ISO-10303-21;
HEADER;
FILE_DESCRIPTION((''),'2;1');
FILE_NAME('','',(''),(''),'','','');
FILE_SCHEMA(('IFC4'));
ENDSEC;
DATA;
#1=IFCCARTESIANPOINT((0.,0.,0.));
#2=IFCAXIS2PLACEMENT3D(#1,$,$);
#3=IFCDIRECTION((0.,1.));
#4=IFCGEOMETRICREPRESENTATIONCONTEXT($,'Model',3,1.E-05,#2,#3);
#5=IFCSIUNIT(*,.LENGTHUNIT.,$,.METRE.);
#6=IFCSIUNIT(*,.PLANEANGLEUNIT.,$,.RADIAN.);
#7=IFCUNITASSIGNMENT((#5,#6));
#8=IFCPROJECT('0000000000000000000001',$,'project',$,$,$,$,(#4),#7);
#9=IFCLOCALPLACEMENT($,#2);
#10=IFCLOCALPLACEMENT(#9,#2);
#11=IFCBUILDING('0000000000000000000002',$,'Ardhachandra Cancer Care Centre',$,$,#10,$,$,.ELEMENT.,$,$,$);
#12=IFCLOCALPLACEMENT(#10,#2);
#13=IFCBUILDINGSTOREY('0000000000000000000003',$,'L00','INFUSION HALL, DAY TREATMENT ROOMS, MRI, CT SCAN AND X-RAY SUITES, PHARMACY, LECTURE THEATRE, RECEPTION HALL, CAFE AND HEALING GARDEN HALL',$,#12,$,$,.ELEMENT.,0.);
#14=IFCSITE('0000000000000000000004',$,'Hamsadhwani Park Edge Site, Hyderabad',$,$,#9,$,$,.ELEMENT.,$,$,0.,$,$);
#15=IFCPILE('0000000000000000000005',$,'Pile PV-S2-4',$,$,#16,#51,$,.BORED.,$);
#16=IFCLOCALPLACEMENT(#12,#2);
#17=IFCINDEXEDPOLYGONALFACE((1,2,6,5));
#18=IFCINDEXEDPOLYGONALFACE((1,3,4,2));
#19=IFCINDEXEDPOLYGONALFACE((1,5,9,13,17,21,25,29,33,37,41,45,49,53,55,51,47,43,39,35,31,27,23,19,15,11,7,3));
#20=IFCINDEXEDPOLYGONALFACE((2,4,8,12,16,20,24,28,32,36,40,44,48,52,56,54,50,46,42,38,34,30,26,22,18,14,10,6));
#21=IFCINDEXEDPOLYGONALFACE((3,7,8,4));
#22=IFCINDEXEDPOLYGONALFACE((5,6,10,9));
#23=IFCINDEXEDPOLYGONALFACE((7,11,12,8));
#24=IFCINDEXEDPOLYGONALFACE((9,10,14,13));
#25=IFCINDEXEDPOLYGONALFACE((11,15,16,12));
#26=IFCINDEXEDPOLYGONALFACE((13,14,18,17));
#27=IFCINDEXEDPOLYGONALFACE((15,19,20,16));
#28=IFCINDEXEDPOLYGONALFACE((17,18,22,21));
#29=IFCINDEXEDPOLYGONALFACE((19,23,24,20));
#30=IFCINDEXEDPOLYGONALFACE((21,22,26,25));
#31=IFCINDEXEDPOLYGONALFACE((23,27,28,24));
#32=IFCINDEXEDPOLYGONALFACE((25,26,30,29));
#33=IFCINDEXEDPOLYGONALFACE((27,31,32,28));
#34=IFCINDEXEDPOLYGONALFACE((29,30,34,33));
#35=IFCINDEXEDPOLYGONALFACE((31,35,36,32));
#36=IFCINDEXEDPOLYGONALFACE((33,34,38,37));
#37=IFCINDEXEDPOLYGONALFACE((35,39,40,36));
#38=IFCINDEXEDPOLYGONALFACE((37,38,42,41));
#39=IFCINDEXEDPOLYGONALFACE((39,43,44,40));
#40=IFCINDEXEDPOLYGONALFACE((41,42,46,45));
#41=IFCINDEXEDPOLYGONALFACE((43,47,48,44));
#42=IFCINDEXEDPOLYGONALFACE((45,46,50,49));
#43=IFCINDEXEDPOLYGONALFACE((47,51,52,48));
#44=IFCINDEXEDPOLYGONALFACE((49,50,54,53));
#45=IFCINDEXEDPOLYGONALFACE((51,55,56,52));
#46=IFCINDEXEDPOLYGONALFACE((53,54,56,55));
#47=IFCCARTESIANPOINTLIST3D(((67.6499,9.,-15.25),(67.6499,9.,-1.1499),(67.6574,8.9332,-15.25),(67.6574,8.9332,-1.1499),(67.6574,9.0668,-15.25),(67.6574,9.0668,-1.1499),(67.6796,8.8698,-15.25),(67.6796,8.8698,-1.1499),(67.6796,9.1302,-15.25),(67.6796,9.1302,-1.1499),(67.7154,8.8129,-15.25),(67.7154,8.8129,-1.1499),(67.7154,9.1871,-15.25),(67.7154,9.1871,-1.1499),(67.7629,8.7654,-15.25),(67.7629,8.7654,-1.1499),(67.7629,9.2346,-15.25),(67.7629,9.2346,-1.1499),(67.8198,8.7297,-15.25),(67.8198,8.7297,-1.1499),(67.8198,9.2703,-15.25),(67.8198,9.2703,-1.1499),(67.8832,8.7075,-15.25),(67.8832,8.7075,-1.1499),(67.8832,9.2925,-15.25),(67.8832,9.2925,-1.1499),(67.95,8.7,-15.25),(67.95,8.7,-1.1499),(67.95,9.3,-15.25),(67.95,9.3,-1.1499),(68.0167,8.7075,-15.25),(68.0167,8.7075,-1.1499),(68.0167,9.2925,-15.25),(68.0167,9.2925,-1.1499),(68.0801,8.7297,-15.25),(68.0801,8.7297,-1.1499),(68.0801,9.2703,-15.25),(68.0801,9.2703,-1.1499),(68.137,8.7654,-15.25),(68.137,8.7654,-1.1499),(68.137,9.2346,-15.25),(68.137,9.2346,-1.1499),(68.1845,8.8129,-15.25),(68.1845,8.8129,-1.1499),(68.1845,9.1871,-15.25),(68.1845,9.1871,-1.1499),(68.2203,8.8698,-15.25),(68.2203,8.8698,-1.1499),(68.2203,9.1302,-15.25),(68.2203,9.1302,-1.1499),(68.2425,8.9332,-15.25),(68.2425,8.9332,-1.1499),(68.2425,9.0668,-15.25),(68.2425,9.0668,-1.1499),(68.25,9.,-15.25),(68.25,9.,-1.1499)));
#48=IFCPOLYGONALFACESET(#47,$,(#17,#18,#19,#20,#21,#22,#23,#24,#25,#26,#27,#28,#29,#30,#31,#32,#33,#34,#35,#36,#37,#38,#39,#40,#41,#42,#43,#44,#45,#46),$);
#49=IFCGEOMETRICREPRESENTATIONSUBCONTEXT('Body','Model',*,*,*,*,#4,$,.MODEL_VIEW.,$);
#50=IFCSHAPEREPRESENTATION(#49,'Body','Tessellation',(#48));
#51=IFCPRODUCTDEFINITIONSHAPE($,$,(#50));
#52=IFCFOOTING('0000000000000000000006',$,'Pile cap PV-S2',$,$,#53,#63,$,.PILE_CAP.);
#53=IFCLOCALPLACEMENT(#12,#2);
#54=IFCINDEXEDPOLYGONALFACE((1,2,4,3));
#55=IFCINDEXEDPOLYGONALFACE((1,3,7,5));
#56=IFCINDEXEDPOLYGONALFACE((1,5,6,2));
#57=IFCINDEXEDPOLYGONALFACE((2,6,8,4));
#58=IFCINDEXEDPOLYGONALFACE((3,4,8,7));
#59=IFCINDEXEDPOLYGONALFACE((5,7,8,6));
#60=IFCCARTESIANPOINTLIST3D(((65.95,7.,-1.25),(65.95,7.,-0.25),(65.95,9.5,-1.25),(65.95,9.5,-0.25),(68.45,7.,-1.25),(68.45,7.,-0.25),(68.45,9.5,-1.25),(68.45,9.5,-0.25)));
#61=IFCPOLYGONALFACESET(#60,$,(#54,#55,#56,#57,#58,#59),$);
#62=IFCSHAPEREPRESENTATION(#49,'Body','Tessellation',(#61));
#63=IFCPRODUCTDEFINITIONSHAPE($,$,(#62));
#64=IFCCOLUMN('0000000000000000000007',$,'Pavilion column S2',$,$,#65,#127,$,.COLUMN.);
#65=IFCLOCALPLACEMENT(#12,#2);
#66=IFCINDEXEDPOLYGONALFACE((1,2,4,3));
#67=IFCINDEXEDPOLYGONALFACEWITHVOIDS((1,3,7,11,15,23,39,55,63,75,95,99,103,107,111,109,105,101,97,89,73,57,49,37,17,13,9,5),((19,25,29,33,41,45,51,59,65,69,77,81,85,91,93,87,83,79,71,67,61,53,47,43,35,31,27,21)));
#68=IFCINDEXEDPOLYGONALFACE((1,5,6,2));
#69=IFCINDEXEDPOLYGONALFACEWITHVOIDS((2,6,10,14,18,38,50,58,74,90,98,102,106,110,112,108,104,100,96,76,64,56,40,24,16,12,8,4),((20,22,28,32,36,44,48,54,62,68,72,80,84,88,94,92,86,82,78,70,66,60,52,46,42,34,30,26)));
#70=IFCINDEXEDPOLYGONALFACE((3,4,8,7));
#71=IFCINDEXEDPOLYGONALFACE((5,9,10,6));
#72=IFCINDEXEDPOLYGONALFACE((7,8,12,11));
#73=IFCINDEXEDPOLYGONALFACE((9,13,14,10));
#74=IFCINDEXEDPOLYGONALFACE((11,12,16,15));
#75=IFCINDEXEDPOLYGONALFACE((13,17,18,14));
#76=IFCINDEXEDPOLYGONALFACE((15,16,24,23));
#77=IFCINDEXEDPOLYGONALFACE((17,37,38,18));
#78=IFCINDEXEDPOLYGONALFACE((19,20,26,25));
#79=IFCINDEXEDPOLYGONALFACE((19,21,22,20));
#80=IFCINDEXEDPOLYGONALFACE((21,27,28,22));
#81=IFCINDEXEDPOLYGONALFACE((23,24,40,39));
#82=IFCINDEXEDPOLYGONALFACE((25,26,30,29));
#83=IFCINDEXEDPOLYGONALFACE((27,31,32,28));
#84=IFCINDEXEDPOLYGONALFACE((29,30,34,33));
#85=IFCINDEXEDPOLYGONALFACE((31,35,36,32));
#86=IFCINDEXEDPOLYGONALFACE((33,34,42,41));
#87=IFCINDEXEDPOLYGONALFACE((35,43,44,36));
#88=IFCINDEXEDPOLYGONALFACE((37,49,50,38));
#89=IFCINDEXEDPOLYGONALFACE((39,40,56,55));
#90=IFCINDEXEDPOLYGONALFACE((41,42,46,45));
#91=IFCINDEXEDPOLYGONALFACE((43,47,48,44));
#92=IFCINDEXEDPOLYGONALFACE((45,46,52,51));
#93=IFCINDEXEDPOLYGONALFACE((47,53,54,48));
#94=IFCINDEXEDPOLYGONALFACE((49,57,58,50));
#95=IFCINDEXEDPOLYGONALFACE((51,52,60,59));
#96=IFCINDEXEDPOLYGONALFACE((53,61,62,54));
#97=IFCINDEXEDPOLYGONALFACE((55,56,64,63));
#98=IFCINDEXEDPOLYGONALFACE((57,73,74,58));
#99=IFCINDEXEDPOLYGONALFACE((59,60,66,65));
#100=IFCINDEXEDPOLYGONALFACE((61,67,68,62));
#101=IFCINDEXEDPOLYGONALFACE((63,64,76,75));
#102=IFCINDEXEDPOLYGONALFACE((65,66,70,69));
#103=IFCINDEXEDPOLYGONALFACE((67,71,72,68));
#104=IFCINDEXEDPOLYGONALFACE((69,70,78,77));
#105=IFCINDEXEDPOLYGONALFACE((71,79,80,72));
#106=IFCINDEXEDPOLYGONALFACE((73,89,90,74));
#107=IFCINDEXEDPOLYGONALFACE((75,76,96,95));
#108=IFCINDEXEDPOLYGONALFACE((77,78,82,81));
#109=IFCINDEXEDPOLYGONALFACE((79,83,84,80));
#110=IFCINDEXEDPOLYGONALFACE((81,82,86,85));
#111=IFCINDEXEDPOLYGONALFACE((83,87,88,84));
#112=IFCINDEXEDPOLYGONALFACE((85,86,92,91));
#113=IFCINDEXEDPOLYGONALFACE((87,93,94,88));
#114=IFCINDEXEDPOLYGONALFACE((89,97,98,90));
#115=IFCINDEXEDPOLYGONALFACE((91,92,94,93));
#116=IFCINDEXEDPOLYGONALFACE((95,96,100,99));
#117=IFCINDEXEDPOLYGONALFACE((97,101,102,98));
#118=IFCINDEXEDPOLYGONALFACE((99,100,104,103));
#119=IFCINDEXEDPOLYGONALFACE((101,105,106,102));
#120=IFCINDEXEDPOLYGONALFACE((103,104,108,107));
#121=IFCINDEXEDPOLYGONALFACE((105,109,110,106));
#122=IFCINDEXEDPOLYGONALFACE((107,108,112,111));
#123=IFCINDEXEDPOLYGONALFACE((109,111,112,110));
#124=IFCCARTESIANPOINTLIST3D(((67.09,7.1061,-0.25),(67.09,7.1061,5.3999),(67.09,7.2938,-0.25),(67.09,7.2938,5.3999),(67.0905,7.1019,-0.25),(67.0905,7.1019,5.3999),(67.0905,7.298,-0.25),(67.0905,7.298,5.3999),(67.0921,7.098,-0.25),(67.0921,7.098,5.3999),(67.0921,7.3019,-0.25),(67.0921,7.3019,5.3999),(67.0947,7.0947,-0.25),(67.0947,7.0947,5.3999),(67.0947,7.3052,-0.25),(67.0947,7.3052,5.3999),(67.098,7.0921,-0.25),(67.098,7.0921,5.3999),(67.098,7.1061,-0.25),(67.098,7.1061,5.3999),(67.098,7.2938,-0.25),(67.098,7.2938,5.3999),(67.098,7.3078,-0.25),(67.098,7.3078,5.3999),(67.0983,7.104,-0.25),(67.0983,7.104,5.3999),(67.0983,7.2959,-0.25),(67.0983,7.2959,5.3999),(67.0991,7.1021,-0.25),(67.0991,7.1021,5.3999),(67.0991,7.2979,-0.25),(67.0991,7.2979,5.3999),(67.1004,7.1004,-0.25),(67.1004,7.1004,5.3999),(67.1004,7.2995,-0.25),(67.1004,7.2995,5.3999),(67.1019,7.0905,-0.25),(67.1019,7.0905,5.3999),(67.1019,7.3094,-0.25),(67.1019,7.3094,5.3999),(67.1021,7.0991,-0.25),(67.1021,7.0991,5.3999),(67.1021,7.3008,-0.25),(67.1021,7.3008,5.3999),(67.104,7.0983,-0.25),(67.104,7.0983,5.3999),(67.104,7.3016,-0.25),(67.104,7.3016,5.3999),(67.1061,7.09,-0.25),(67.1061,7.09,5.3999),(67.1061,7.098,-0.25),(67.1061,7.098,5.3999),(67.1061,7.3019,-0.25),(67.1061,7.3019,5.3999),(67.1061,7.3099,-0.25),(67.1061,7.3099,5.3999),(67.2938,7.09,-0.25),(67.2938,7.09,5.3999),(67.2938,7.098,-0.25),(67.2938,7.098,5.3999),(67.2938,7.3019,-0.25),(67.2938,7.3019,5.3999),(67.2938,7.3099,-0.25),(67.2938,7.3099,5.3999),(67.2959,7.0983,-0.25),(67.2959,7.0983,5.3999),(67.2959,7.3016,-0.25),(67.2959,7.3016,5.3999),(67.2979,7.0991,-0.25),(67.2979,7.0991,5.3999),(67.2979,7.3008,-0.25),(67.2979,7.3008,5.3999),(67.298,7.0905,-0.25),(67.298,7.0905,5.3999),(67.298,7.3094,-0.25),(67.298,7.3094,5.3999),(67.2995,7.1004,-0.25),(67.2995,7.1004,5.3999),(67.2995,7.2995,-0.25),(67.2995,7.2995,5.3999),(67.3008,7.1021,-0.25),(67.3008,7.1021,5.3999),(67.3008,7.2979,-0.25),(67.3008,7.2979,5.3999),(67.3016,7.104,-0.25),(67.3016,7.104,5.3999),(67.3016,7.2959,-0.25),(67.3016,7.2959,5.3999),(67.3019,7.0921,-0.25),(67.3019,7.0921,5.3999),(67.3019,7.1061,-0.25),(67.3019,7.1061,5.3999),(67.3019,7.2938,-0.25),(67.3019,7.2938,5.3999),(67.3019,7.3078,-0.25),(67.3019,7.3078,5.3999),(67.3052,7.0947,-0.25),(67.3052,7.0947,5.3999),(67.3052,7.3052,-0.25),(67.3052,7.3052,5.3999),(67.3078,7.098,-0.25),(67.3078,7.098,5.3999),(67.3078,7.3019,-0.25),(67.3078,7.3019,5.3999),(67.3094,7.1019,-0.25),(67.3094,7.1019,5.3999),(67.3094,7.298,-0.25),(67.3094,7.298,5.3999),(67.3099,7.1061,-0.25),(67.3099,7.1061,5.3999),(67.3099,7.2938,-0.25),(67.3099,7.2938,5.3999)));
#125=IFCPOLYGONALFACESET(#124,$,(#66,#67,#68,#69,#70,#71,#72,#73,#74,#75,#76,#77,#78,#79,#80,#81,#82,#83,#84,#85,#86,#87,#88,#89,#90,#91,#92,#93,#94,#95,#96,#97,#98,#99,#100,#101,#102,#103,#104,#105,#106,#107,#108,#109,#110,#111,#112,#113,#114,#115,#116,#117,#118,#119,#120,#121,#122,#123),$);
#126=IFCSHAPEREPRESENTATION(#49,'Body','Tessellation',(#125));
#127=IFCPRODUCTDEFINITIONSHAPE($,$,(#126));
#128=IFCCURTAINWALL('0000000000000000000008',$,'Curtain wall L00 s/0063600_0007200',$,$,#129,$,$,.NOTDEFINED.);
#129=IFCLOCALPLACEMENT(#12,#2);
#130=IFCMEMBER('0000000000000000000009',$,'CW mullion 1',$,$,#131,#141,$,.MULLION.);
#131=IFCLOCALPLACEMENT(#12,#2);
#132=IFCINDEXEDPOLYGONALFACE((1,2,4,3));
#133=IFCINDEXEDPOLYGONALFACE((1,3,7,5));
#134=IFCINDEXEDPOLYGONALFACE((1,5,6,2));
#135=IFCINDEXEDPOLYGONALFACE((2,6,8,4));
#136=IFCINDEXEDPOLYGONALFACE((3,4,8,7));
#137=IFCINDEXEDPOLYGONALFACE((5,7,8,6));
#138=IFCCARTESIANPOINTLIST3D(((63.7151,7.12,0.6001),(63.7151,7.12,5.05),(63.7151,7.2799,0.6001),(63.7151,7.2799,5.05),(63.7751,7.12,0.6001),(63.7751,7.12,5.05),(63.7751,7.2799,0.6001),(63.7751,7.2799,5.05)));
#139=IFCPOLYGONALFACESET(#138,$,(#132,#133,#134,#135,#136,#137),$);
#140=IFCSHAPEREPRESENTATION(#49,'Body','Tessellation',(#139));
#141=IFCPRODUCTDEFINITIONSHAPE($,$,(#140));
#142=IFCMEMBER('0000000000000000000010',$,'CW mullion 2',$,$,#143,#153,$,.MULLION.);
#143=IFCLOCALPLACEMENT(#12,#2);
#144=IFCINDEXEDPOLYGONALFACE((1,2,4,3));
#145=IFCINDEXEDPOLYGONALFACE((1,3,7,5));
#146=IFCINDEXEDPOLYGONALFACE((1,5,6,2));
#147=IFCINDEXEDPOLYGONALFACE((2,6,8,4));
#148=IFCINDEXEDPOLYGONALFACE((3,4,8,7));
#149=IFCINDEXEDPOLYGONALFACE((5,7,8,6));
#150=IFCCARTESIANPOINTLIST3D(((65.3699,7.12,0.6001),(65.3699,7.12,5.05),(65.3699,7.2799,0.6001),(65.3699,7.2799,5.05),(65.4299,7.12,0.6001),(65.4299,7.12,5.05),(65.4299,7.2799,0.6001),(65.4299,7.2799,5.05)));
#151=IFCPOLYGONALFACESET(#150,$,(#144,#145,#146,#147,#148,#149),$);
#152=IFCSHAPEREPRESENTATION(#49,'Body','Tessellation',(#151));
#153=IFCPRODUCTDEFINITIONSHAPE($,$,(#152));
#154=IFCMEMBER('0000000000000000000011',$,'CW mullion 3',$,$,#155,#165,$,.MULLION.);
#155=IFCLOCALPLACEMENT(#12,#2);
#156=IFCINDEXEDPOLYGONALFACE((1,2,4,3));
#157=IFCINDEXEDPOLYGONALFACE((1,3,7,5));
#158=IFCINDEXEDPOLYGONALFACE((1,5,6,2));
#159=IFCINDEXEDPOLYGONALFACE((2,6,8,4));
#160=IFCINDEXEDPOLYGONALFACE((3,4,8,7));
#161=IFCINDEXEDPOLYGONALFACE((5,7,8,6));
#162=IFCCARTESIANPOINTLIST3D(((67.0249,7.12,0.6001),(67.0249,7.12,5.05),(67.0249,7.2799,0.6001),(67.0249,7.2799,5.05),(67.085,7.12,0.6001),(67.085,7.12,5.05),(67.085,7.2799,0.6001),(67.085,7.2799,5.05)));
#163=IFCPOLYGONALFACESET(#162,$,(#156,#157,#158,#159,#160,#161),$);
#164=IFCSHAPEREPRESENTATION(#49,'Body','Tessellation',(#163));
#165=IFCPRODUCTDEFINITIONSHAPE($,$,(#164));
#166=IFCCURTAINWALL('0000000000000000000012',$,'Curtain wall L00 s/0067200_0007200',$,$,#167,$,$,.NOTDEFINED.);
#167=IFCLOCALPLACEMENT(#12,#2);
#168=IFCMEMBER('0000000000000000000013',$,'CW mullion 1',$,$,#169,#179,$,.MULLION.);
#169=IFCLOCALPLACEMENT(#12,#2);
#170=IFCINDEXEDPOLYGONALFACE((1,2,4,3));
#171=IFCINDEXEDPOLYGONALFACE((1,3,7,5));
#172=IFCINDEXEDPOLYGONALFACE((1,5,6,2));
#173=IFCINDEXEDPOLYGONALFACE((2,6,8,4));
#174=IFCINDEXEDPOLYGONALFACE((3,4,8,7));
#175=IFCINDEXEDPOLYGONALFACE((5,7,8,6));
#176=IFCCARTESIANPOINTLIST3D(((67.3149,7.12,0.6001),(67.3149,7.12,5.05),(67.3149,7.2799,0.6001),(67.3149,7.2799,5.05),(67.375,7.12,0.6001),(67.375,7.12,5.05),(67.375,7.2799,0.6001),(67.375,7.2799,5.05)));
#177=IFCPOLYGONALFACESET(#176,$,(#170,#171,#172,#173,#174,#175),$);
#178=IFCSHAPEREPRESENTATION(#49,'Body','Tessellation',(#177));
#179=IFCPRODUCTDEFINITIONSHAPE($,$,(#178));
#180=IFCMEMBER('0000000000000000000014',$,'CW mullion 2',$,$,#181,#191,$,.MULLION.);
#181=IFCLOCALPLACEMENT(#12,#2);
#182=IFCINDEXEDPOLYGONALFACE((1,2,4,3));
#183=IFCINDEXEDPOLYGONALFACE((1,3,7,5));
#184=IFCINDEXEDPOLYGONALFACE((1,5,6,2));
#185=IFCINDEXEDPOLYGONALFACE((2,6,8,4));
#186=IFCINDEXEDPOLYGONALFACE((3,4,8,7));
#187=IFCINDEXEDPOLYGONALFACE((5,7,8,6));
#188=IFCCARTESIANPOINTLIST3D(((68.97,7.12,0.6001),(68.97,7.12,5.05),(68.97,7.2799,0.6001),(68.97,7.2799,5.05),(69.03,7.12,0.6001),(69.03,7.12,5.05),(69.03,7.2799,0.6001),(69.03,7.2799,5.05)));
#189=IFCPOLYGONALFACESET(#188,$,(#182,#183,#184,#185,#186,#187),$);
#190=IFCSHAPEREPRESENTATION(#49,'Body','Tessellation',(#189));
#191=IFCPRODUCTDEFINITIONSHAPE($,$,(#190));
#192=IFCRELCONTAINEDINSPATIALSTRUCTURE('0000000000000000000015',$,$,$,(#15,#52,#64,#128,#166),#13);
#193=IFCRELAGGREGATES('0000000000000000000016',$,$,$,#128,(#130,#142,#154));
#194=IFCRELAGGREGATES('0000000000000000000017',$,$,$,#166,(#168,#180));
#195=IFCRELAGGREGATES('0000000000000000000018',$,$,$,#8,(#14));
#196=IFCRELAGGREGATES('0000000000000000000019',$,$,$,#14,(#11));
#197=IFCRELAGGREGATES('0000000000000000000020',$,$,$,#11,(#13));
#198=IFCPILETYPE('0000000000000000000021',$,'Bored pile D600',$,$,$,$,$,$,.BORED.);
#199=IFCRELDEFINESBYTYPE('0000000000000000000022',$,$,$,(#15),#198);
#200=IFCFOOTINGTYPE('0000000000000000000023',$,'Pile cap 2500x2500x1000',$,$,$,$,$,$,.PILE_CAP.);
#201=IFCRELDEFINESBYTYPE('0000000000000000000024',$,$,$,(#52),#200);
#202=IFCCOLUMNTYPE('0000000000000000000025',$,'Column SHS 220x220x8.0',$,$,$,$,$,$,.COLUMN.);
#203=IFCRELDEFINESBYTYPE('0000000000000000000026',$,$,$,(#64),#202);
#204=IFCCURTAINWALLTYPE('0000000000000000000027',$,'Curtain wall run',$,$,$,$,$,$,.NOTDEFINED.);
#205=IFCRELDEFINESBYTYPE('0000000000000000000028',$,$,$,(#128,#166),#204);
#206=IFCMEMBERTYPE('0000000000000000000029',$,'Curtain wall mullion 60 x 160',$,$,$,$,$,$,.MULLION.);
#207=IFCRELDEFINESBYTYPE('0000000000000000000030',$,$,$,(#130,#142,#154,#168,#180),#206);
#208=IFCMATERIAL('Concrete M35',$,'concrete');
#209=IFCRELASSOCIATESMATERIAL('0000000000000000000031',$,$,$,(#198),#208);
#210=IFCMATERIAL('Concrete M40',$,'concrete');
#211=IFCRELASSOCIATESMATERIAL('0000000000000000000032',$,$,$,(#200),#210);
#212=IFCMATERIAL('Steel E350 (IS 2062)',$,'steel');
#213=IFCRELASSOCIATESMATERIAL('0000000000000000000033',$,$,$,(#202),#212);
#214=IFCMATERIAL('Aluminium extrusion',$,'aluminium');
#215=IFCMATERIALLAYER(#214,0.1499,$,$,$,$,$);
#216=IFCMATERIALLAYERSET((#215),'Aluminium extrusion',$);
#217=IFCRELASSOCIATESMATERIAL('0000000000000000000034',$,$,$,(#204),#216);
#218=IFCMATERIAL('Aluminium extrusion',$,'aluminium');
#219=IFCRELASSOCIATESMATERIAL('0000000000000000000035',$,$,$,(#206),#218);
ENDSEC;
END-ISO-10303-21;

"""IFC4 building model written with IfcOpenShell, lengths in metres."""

from ifc_helpers import new_model, si_unit, direction, frame, origin, origin_2d, place, context, subcontext, project, spatial, rectangle, hollow_rectangle, circle, extrude, material, layer, layer_set, material_profile, profile_set, type_object, element, aggregate, save


model = new_model("IFC4")

# Units and contexts
model_context = context("Model", 3, precision=1e-05, world=origin(), true_north=direction((0.0, 1.0)))
body_context = subcontext(model_context, "Body", "Model", "MODEL_VIEW")
ifc_project = project(units=[si_unit("LENGTHUNIT", "METRE"), si_unit("PLANEANGLEUNIT", "RADIAN")], contexts=[model_context])

# Site, building, storey
site_placement = place(None, origin())
site = spatial("IfcSite", under=ifc_project, at=site_placement, Name="Hamsadhwani Park Edge Site, Hyderabad", CompositionType="ELEMENT", RefElevation=0.0)
building_placement = place(site_placement, origin())
building = spatial("IfcBuilding", under=site, at=building_placement, Name="Ardhachandra Cancer Care Centre", CompositionType="ELEMENT")
storey_placement = place(building_placement, origin())
storey = spatial("IfcBuildingStorey", under=building, at=storey_placement, Name="L00", Description="INFUSION HALL, DAY TREATMENT ROOMS, MRI, CT SCAN AND X-RAY SUITES, PHARMACY, LECTURE THEATRE, RECEPTION HALL, CAFE AND HEALING GARDEN HALL", CompositionType="ELEMENT", Elevation=0.0)

# Pile
ifc_material_1 = material(Name="Concrete M35", Category="concrete")
ifc_material_profile_1 = material_profile(ifc_material_1, circle(Radius=0.3, at=origin_2d()), Name="D600")
ifc_profile_set_1 = profile_set([ifc_material_profile_1], Name="Concrete M35")
pile_type = type_object("IfcPileType", Name="Bored pile D600", PredefinedType="BORED", material=ifc_profile_set_1)
for number, where, z_axis, x_axis, name in (
    (1, (67.95, 9.0, -1.1499), (0.0, 0.0, -1.0), (1.0, 0.0, 0.0), "Pile PV-S2-4"),
):
    element("IfcPile", number, at=place(storey_placement, frame(where, z_axis=z_axis, x_axis=x_axis)), inside=storey, type_object=pile_type, Name=name, PredefinedType="BORED", context=body_context, shape_type="SweptSolid", body=[
        extrude(circle(Radius=0.3, at=origin_2d()), origin(), (0.0, 0.0, 1.0), 14.1001),
    ])

# Footing
ifc_material_2 = material(Name="Concrete M40", Category="concrete")
footing_type = type_object("IfcFootingType", Name="Pile cap 2500x2500x1000", PredefinedType="PILE_CAP", material=ifc_material_2)
footing_placement = place(storey_placement, frame((67.2, 8.25, -1.25), z_axis=(0.0, 0.0, 1.0), x_axis=(1.0, 0.0, 0.0)))
element("IfcFooting", 2, at=footing_placement, inside=storey, type_object=footing_type, Name="Pile cap PV-S2", PredefinedType="PILE_CAP", context=body_context, shape_type="SweptSolid", body=[
    extrude(rectangle(XDim=2.5, YDim=2.5, at=origin_2d()), origin(), (0.0, 0.0, 1.0), 1.0),
])

# Column
ifc_material_3 = material(Name="Steel E350 (IS 2062)", Category="steel")
ifc_material_profile_2 = material_profile(ifc_material_3, hollow_rectangle(XDim=0.22, YDim=0.22, WallThickness=0.0081, InnerFilletRadius=0.0081, OuterFilletRadius=0.0161, at=origin_2d()), Name="SHS 220x220x8.0")
ifc_profile_set_2 = profile_set([ifc_material_profile_2], Name="Steel E350 (IS 2062)")
column_type = type_object("IfcColumnType", Name="Column SHS 220x220x8.0", PredefinedType="COLUMN", material=ifc_profile_set_2)
column_placement = place(storey_placement, frame((67.2, 7.2, -0.25), z_axis=(0.0, 0.0, 1.0), x_axis=(1.0, 0.0, 0.0)))
element("IfcColumn", 3, at=column_placement, inside=storey, type_object=column_type, Name="Pavilion column S2", PredefinedType="COLUMN", context=body_context, shape_type="SweptSolid", body=[
    extrude(hollow_rectangle(XDim=0.22, YDim=0.22, WallThickness=0.0081, InnerFilletRadius=0.0081, OuterFilletRadius=0.0161, at=origin_2d()), origin(), (0.0, 0.0, 1.0), 5.6499),
])

# Curtain walls, members
ifc_material_4 = material(Name="Aluminium extrusion", Category="aluminium")
ifc_layer_1 = layer(ifc_material_4, 0.1499)
ifc_layer_set_1 = layer_set([ifc_layer_1], Name="Aluminium extrusion")
curtain_wall_type = type_object("IfcCurtainWallType", Name="Curtain wall run", PredefinedType="NOTDEFINED", material=ifc_layer_set_1)
curtain_wall_1_placement = place(storey_placement, origin())
curtain_wall_1 = element("IfcCurtainWall", 4, at=curtain_wall_1_placement, inside=storey, type_object=curtain_wall_type, Name="Curtain wall L00 s/0063600_0007200", PredefinedType="NOTDEFINED")
ifc_material_5 = material(Name="Aluminium extrusion", Category="aluminium")
ifc_material_profile_3 = material_profile(ifc_material_5, rectangle(XDim=0.1599, YDim=0.0601, at=origin_2d()), Name="Curtain wall mullion 60 x 160")
ifc_profile_set_3 = profile_set([ifc_material_profile_3], Name="Aluminium extrusion")
member_type_1 = type_object("IfcMemberType", Name="Curtain wall mullion 60 x 160", PredefinedType="MULLION", material=ifc_profile_set_3)
member_1_placement = place(storey_placement, frame((63.7451, 7.2, 0.6001), z_axis=(0.0, 0.0, 1.0), x_axis=(0.0, 1.0, 0.0)))
member_1 = element("IfcMember", 5, at=member_1_placement, type_object=member_type_1, Name="CW mullion 1", PredefinedType="MULLION", context=body_context, shape_type="SweptSolid", body=[
    extrude(rectangle(XDim=0.1599, YDim=0.0601, at=origin_2d()), origin(), (0.0, 0.0, 1.0), 4.45),
])
member_2_placement = place(storey_placement, frame((65.3999, 7.2, 0.6001), z_axis=(0.0, 0.0, 1.0), x_axis=(0.0, 1.0, 0.0)))
member_2 = element("IfcMember", 6, at=member_2_placement, type_object=member_type_1, Name="CW mullion 2", PredefinedType="MULLION", context=body_context, shape_type="SweptSolid", body=[
    extrude(rectangle(XDim=0.1599, YDim=0.0601, at=origin_2d()), origin(), (0.0, 0.0, 1.0), 4.45),
])
member_3_placement = place(storey_placement, frame((67.0549, 7.2, 0.6001), z_axis=(0.0, 0.0, 1.0), x_axis=(0.0, 1.0, 0.0)))
member_3 = element("IfcMember", 7, at=member_3_placement, type_object=member_type_1, Name="CW mullion 3", PredefinedType="MULLION", context=body_context, shape_type="SweptSolid", body=[
    extrude(rectangle(XDim=0.1599, YDim=0.0601, at=origin_2d()), origin(), (0.0, 0.0, 1.0), 4.45),
])
curtain_wall_2_placement = place(storey_placement, origin())
curtain_wall_2 = element("IfcCurtainWall", 8, at=curtain_wall_2_placement, inside=storey, type_object=curtain_wall_type, Name="Curtain wall L00 s/0067200_0007200", PredefinedType="NOTDEFINED")
member_4_placement = place(storey_placement, frame((67.345, 7.2, 0.6001), z_axis=(0.0, 0.0, 1.0), x_axis=(0.0, 1.0, 0.0)))
member_4 = element("IfcMember", 9, at=member_4_placement, type_object=member_type_1, Name="CW mullion 1", PredefinedType="MULLION", context=body_context, shape_type="SweptSolid", body=[
    extrude(rectangle(XDim=0.1599, YDim=0.0601, at=origin_2d()), origin(), (0.0, 0.0, 1.0), 4.45),
])
member_5_placement = place(storey_placement, frame((69.0, 7.2, 0.6001), z_axis=(0.0, 0.0, 1.0), x_axis=(0.0, 1.0, 0.0)))
member_5 = element("IfcMember", 10, at=member_5_placement, type_object=member_type_1, Name="CW mullion 2", PredefinedType="MULLION", context=body_context, shape_type="SweptSolid", body=[
    extrude(rectangle(XDim=0.1599, YDim=0.0601, at=origin_2d()), origin(), (0.0, 0.0, 1.0), 4.45),
])

aggregate(curtain_wall_1, [member_1, member_2, member_3])
aggregate(curtain_wall_2, [member_4, member_5])

save(model, "model.ifc")
